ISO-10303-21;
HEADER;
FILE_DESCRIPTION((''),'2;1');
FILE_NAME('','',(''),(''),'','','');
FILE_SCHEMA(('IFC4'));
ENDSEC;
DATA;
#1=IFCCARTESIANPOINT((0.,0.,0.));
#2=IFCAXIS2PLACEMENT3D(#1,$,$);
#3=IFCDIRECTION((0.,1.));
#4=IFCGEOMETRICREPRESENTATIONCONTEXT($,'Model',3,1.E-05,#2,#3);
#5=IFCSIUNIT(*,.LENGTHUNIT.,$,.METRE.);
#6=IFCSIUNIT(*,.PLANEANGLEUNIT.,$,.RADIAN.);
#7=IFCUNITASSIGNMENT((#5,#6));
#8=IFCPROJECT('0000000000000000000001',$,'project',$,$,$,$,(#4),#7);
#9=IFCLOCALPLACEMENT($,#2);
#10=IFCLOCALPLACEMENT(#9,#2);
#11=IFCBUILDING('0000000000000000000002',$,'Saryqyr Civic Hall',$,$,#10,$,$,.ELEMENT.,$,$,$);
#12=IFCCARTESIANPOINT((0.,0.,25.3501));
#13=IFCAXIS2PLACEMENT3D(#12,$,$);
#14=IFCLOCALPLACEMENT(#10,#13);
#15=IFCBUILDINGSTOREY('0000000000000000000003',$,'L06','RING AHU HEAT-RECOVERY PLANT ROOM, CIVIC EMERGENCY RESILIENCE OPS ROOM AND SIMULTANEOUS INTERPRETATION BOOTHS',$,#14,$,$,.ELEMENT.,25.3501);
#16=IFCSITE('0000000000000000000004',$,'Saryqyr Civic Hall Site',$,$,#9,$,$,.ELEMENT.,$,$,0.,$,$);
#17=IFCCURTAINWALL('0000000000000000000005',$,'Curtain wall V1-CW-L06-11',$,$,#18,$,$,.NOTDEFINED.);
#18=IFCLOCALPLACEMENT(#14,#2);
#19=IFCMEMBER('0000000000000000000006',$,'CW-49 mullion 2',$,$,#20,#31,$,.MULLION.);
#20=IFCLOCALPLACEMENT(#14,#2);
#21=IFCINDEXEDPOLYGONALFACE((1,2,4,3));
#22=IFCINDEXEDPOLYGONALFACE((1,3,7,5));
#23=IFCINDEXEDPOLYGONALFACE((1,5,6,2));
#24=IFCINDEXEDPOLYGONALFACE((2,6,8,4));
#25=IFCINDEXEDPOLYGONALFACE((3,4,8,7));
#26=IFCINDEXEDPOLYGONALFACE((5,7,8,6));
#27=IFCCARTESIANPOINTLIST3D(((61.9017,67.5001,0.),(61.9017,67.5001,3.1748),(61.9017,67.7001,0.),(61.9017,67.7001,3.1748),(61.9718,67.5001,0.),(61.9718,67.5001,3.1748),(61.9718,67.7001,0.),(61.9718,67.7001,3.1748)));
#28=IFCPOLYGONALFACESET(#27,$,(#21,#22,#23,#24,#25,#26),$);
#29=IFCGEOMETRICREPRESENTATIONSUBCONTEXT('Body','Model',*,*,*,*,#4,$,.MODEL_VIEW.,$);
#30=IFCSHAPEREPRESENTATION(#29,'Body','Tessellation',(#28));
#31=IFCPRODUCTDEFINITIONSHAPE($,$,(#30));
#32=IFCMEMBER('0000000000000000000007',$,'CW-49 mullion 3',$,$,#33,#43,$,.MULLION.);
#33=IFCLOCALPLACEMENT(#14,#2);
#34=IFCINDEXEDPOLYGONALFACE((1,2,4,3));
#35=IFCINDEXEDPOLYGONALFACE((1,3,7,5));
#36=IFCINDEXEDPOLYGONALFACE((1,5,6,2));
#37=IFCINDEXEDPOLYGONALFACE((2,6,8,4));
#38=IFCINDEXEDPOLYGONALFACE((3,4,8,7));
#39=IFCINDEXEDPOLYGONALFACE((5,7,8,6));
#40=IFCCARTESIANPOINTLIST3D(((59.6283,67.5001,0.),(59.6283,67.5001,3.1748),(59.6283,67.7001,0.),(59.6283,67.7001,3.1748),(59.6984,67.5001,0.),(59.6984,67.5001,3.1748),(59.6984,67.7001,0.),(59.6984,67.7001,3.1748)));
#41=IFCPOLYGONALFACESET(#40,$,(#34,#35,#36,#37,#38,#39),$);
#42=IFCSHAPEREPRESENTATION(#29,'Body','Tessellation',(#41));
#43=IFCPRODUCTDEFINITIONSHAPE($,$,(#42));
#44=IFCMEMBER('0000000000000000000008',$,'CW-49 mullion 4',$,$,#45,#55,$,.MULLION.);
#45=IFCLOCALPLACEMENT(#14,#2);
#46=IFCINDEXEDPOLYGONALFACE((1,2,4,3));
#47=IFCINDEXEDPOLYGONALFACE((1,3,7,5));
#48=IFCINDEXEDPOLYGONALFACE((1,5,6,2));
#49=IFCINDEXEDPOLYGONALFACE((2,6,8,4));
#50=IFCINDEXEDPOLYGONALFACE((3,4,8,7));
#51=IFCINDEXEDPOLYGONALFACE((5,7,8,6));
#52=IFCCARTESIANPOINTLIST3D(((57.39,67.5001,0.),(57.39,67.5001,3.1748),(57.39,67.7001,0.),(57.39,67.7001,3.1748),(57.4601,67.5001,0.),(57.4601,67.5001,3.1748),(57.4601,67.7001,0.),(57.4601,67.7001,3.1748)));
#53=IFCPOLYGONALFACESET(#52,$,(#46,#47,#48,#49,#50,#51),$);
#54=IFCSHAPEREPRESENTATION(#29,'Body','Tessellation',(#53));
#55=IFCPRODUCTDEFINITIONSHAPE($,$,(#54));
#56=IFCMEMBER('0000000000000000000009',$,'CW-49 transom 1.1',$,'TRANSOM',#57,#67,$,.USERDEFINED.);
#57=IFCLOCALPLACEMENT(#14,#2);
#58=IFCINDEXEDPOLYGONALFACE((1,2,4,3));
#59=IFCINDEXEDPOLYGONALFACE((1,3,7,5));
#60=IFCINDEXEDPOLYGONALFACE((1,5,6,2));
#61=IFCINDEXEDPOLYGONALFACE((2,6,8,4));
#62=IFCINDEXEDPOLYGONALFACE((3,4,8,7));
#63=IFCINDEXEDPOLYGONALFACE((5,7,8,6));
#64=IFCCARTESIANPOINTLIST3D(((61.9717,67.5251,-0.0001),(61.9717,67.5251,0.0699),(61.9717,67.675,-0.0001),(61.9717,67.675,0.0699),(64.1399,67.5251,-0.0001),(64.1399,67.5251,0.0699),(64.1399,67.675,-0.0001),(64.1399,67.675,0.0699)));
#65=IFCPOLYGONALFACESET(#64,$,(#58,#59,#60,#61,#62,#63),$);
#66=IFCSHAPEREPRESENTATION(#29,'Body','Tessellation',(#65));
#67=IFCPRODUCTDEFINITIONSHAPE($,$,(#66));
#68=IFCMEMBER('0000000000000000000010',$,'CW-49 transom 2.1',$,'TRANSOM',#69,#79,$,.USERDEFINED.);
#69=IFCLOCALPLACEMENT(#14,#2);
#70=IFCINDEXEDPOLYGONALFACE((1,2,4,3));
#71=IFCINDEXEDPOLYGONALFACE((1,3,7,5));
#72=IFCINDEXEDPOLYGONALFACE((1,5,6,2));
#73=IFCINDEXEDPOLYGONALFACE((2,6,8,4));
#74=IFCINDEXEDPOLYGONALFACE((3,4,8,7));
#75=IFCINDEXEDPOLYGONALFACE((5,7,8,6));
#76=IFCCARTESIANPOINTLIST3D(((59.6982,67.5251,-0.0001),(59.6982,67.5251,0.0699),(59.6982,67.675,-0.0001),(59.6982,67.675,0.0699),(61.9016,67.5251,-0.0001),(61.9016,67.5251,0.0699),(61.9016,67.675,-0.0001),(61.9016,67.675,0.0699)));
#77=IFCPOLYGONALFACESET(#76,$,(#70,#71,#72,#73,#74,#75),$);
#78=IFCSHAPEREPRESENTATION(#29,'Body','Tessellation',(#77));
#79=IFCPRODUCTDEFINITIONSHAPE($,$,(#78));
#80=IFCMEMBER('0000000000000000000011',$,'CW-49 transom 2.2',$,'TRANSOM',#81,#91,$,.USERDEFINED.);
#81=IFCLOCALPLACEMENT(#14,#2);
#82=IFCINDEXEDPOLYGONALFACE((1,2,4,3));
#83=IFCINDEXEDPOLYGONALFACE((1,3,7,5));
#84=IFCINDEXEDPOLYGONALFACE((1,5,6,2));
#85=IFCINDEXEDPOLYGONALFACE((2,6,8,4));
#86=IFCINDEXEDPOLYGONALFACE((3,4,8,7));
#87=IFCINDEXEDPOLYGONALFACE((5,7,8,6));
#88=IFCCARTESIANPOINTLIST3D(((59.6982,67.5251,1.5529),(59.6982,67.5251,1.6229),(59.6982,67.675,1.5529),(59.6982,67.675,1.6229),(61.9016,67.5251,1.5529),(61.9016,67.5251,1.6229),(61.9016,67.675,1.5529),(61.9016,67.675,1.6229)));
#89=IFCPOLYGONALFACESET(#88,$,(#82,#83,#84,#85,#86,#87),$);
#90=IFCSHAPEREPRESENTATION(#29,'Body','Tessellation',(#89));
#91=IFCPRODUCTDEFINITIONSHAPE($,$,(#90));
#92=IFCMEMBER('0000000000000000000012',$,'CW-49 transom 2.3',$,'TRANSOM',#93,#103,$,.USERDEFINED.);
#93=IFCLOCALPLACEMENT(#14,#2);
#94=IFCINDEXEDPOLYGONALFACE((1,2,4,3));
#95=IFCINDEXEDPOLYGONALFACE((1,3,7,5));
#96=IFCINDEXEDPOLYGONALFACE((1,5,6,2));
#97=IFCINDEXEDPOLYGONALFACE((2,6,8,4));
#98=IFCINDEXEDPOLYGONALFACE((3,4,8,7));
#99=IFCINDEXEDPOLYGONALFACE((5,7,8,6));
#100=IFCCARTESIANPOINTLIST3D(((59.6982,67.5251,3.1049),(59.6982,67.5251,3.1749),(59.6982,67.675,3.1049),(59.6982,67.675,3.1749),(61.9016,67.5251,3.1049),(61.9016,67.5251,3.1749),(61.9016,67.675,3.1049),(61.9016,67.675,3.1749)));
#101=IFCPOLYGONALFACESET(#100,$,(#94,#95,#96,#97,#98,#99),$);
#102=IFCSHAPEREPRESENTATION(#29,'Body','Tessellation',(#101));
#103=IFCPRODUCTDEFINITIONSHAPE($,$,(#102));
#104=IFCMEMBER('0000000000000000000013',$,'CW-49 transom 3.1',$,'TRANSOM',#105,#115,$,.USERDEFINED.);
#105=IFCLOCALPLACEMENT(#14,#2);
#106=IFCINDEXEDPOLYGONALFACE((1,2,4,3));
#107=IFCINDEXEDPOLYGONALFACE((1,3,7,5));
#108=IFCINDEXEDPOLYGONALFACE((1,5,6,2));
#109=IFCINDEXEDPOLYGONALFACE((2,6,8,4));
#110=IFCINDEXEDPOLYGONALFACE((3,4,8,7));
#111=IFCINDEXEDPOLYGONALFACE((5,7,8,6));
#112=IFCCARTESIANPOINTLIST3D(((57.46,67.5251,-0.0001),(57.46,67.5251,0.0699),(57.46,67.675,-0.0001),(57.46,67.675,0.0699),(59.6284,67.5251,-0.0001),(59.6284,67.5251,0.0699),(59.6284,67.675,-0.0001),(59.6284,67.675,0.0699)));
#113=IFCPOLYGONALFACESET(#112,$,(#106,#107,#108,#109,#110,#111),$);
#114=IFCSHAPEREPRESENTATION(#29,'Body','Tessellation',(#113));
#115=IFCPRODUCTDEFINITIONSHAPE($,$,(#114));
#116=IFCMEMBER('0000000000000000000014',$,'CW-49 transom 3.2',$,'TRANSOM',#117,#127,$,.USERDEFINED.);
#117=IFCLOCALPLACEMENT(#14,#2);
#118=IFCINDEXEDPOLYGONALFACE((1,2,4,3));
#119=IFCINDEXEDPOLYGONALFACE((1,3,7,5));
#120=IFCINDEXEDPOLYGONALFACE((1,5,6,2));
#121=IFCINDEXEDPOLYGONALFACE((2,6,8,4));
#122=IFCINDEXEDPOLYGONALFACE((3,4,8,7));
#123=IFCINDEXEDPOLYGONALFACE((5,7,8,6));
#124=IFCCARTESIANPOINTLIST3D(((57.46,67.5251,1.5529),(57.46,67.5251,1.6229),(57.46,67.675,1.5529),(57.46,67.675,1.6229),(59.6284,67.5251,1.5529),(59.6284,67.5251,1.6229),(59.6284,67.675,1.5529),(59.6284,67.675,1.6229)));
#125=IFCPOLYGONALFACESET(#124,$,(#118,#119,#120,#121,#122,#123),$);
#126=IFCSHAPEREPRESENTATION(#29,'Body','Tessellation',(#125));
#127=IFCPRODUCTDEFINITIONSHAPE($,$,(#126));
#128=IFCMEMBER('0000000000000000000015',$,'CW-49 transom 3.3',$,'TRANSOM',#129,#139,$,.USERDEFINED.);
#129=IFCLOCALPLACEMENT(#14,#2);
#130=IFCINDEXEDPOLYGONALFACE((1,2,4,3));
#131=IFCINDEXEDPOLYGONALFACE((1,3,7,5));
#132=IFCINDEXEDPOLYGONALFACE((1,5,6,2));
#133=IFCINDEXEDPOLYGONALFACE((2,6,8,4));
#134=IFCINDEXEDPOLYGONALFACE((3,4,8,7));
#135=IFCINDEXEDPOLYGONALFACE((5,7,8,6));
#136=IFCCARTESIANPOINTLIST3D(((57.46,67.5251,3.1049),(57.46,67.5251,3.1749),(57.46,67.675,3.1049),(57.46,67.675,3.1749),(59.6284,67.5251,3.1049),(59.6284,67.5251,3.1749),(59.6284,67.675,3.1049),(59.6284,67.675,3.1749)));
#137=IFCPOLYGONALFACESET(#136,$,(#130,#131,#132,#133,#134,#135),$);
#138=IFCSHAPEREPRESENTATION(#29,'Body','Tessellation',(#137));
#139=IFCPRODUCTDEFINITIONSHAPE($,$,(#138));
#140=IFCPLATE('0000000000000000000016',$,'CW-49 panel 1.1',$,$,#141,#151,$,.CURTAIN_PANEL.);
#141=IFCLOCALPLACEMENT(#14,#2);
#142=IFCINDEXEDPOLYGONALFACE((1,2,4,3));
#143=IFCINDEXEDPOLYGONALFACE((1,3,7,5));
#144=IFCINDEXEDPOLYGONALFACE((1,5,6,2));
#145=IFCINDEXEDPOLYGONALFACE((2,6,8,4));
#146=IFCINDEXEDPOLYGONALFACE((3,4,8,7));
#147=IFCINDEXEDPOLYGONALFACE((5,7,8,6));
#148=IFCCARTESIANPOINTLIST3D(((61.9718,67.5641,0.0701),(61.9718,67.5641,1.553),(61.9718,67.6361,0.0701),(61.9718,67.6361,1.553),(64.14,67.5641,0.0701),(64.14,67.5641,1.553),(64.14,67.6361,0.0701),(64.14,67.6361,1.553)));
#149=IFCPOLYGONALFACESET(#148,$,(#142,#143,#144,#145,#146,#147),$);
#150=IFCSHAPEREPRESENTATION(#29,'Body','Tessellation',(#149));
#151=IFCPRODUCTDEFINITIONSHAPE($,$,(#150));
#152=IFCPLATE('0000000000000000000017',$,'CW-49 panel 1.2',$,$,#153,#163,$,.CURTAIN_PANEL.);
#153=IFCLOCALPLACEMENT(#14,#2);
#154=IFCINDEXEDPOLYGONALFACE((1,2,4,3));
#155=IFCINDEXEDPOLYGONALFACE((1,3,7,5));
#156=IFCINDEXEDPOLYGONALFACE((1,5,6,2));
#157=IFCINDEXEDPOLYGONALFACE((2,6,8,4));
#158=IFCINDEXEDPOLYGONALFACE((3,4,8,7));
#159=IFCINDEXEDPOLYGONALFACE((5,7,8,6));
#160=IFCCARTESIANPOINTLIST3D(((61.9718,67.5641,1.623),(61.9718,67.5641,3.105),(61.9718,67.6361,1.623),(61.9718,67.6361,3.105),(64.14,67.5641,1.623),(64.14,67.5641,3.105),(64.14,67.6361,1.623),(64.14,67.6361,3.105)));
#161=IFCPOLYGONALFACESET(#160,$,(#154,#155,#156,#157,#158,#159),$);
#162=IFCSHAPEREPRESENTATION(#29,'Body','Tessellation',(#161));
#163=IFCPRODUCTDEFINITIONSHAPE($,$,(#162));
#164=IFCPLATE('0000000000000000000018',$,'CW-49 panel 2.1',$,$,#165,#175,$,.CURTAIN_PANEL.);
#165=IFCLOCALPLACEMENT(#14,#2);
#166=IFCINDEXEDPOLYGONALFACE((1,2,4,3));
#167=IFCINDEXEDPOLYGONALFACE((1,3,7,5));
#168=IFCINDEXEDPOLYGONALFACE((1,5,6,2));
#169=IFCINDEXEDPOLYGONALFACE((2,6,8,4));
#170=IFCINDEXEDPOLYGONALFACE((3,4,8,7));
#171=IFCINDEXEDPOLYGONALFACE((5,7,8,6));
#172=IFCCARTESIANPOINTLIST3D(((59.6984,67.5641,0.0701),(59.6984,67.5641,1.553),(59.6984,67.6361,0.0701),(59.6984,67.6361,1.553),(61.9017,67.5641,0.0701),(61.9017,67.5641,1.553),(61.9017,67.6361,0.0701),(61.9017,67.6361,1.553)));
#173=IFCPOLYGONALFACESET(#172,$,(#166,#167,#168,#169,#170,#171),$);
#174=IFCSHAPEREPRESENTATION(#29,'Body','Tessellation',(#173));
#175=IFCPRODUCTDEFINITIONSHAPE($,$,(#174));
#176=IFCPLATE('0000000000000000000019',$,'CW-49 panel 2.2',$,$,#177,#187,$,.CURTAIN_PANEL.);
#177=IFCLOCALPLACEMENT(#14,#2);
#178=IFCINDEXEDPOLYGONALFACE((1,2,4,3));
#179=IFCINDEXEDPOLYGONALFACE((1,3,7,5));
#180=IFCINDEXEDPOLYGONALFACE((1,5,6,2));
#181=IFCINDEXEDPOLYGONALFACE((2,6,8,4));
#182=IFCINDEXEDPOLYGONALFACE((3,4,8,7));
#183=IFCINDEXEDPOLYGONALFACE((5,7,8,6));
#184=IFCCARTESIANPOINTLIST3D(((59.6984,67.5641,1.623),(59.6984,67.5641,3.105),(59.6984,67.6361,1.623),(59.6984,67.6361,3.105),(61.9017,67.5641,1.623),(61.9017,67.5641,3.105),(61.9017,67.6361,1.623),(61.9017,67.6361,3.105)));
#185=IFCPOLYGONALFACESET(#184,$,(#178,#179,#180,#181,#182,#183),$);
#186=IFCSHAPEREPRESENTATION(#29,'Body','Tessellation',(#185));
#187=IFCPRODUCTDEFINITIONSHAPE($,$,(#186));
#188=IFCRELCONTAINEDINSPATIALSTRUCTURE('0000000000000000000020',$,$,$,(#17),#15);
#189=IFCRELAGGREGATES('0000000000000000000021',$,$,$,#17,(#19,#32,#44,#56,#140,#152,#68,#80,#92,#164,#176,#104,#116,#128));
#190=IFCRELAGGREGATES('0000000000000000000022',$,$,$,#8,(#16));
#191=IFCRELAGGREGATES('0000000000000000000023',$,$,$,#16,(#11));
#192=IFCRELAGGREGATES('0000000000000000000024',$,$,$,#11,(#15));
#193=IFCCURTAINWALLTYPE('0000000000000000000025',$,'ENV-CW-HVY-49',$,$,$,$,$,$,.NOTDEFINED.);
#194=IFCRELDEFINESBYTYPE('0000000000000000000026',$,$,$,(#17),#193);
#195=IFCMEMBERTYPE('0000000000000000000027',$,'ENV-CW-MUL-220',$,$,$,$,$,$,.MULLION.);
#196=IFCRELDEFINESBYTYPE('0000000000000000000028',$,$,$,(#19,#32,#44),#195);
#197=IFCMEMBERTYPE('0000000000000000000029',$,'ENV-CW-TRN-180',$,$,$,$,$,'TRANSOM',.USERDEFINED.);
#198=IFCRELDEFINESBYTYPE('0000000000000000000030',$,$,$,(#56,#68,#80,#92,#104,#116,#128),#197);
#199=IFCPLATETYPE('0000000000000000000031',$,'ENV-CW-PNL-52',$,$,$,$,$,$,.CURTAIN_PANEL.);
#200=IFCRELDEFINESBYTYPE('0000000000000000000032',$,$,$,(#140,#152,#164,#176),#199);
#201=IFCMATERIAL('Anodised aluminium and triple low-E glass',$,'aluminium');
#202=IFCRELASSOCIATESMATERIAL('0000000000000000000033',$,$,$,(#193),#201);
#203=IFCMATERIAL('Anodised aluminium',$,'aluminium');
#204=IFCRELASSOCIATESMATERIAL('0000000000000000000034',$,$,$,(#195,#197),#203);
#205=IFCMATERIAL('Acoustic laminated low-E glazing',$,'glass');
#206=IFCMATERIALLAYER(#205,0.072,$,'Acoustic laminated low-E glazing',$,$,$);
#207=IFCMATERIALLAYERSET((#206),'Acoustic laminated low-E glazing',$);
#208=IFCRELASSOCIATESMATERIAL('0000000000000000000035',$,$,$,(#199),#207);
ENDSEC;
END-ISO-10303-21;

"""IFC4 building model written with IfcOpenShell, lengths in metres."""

from ifc_helpers import new_model, si_unit, direction, frame, origin, origin_2d, place, context, subcontext, project, spatial, rectangle, extrude, material, layer, layer_set, material_profile, profile_set, type_object, element, aggregate, save


model = new_model("IFC4")

# Units and contexts
model_context = context("Model", 3, precision=1e-05, world=origin(), true_north=direction((0.0, 1.0)))
body_context = subcontext(model_context, "Body", "Model", "MODEL_VIEW")
ifc_project = project(units=[si_unit("LENGTHUNIT", "METRE"), si_unit("PLANEANGLEUNIT", "RADIAN")], contexts=[model_context])

# Site, building, storey
site_placement = place(None, origin())
site = spatial("IfcSite", under=ifc_project, at=site_placement, Name="Saryqyr Civic Hall Site", CompositionType="ELEMENT", RefElevation=0.0)
building_placement = place(site_placement, origin())
building = spatial("IfcBuilding", under=site, at=building_placement, Name="Saryqyr Civic Hall", CompositionType="ELEMENT")
storey_placement = place(building_placement, frame((0.0, 0.0, 25.3501)))
storey = spatial("IfcBuildingStorey", under=building, at=storey_placement, Name="L06", Description="RING AHU HEAT-RECOVERY PLANT ROOM, CIVIC EMERGENCY RESILIENCE OPS ROOM AND SIMULTANEOUS INTERPRETATION BOOTHS", CompositionType="ELEMENT", Elevation=25.3501)

# Curtain wall, members, plates
ifc_material_1 = material(Name="Anodised aluminium and triple low-E glass", Category="aluminium")
curtain_wall_type = type_object("IfcCurtainWallType", Name="ENV-CW-HVY-49", PredefinedType="NOTDEFINED", material=ifc_material_1)
curtain_wall_placement = place(storey_placement, origin())
curtain_wall = element("IfcCurtainWall", 1, at=curtain_wall_placement, inside=storey, type_object=curtain_wall_type, Name="Curtain wall V1-CW-L06-11", PredefinedType="NOTDEFINED")
ifc_material_2 = material(Name="Anodised aluminium", Category="aluminium")
ifc_material_profile_1 = material_profile(ifc_material_2, rectangle(XDim=0.0701, YDim=0.2, at=origin_2d()), Name="ALU MULLION 70x200")
ifc_profile_set_1 = profile_set([ifc_material_profile_1], Name="Anodised aluminium")
member_type_1 = type_object("IfcMemberType", Name="ENV-CW-MUL-220", PredefinedType="MULLION", material=ifc_profile_set_1)
member_1_placement = place(storey_placement, frame((61.9368, 67.6001, 0.0), z_axis=(0.0, 0.0, 1.0), x_axis=(-1.0, 0.0, 0.0)))
member_1 = element("IfcMember", 2, at=member_1_placement, type_object=member_type_1, Name="CW-49 mullion 2", PredefinedType="MULLION", context=body_context, shape_type="SweptSolid", body=[
    extrude(rectangle(XDim=0.0701, YDim=0.2, at=origin_2d()), origin(), (0.0, 0.0, 1.0), 3.1748),
])
member_2_placement = place(storey_placement, frame((59.6633, 67.6001, 0.0), z_axis=(0.0, 0.0, 1.0), x_axis=(-1.0, 0.0, 0.0)))
member_2 = element("IfcMember", 3, at=member_2_placement, type_object=member_type_1, Name="CW-49 mullion 3", PredefinedType="MULLION", context=body_context, shape_type="SweptSolid", body=[
    extrude(rectangle(XDim=0.0701, YDim=0.2, at=origin_2d()), origin(), (0.0, 0.0, 1.0), 3.1748),
])
member_3_placement = place(storey_placement, frame((57.425, 67.6001, 0.0), z_axis=(0.0, 0.0, 1.0), x_axis=(-1.0, 0.0, 0.0)))
member_3 = element("IfcMember", 4, at=member_3_placement, type_object=member_type_1, Name="CW-49 mullion 4", PredefinedType="MULLION", context=body_context, shape_type="SweptSolid", body=[
    extrude(rectangle(XDim=0.0701, YDim=0.2, at=origin_2d()), origin(), (0.0, 0.0, 1.0), 3.1748),
])
ifc_material_profile_2 = material_profile(ifc_material_2, rectangle(XDim=0.1499, YDim=0.0701, at=origin_2d()), Name="ALU TRANSOM 150x70")
ifc_profile_set_2 = profile_set([ifc_material_profile_2], Name="Anodised aluminium")
member_type_2 = type_object("IfcMemberType", Name="ENV-CW-TRN-180", ElementType="TRANSOM", PredefinedType="USERDEFINED", material=ifc_profile_set_2)
member_4_placement = place(storey_placement, frame((64.1399, 67.6001, 0.0349), z_axis=(-1.0, 0.0, 0.0), x_axis=(0.0, -1.0, 0.0)))
member_4 = element("IfcMember", 5, at=member_4_placement, type_object=member_type_2, Name="CW-49 transom 1.1", ObjectType="TRANSOM", PredefinedType="USERDEFINED", context=body_context, shape_type="SweptSolid", body=[
    extrude(rectangle(XDim=0.1499, YDim=0.0701, at=origin_2d()), origin(), (0.0, 0.0, 1.0), 2.1682),
])
member_5_placement = place(storey_placement, frame((61.9016, 67.6001, 0.0349), z_axis=(-1.0, 0.0, 0.0), x_axis=(0.0, -1.0, 0.0)))
member_5 = element("IfcMember", 6, at=member_5_placement, type_object=member_type_2, Name="CW-49 transom 2.1", ObjectType="TRANSOM", PredefinedType="USERDEFINED", context=body_context, shape_type="SweptSolid", body=[
    extrude(rectangle(XDim=0.1499, YDim=0.0701, at=origin_2d()), origin(), (0.0, 0.0, 1.0), 2.2034),
])
member_6_placement = place(storey_placement, frame((61.9016, 67.6001, 1.5879), z_axis=(-1.0, 0.0, 0.0), x_axis=(0.0, -1.0, 0.0)))
member_6 = element("IfcMember", 7, at=member_6_placement, type_object=member_type_2, Name="CW-49 transom 2.2", ObjectType="TRANSOM", PredefinedType="USERDEFINED", context=body_context, shape_type="SweptSolid", body=[
    extrude(rectangle(XDim=0.1499, YDim=0.0701, at=origin_2d()), origin(), (0.0, 0.0, 1.0), 2.2034),
])
member_7_placement = place(storey_placement, frame((61.9016, 67.6001, 3.1399), z_axis=(-1.0, 0.0, 0.0), x_axis=(0.0, -1.0, 0.0)))
member_7 = element("IfcMember", 8, at=member_7_placement, type_object=member_type_2, Name="CW-49 transom 2.3", ObjectType="TRANSOM", PredefinedType="USERDEFINED", context=body_context, shape_type="SweptSolid", body=[
    extrude(rectangle(XDim=0.1499, YDim=0.0701, at=origin_2d()), origin(), (0.0, 0.0, 1.0), 2.2034),
])
member_8_placement = place(storey_placement, frame((59.6284, 67.6001, 0.0349), z_axis=(-1.0, 0.0, 0.0), x_axis=(0.0, -1.0, 0.0)))
member_8 = element("IfcMember", 9, at=member_8_placement, type_object=member_type_2, Name="CW-49 transom 3.1", ObjectType="TRANSOM", PredefinedType="USERDEFINED", context=body_context, shape_type="SweptSolid", body=[
    extrude(rectangle(XDim=0.1499, YDim=0.0701, at=origin_2d()), origin(), (0.0, 0.0, 1.0), 2.1685),
])
member_9_placement = place(storey_placement, frame((59.6284, 67.6001, 1.5879), z_axis=(-1.0, 0.0, 0.0), x_axis=(0.0, -1.0, 0.0)))
member_9 = element("IfcMember", 10, at=member_9_placement, type_object=member_type_2, Name="CW-49 transom 3.2", ObjectType="TRANSOM", PredefinedType="USERDEFINED", context=body_context, shape_type="SweptSolid", body=[
    extrude(rectangle(XDim=0.1499, YDim=0.0701, at=origin_2d()), origin(), (0.0, 0.0, 1.0), 2.1685),
])
member_10_placement = place(storey_placement, frame((59.6284, 67.6001, 3.1399), z_axis=(-1.0, 0.0, 0.0), x_axis=(0.0, -1.0, 0.0)))
member_10 = element("IfcMember", 11, at=member_10_placement, type_object=member_type_2, Name="CW-49 transom 3.3", ObjectType="TRANSOM", PredefinedType="USERDEFINED", context=body_context, shape_type="SweptSolid", body=[
    extrude(rectangle(XDim=0.1499, YDim=0.0701, at=origin_2d()), origin(), (0.0, 0.0, 1.0), 2.1685),
])
ifc_material_3 = material(Name="Acoustic laminated low-E glazing", Category="glass")
ifc_layer_1 = layer(ifc_material_3, 0.072, Name="Acoustic laminated low-E glazing")
ifc_layer_set_1 = layer_set([ifc_layer_1], Name="Acoustic laminated low-E glazing")
plate_type = type_object("IfcPlateType", Name="ENV-CW-PNL-52", PredefinedType="CURTAIN_PANEL", material=ifc_layer_set_1)
plate_1_placement = place(storey_placement, frame((63.0559, 67.6001, 0.0701), z_axis=(0.0, 0.0, 1.0), x_axis=(-1.0, 0.0, 0.0)))
plate_1 = element("IfcPlate", 12, at=plate_1_placement, type_object=plate_type, Name="CW-49 panel 1.1", PredefinedType="CURTAIN_PANEL", context=body_context, shape_type="SweptSolid", body=[
    extrude(rectangle(XDim=2.1682, YDim=0.072, at=origin_2d()), origin(), (0.0, 0.0, 1.0), 1.4829),
])
plate_2_placement = place(storey_placement, frame((63.0559, 67.6001, 1.623), z_axis=(0.0, 0.0, 1.0), x_axis=(-1.0, 0.0, 0.0)))
plate_2 = element("IfcPlate", 13, at=plate_2_placement, type_object=plate_type, Name="CW-49 panel 1.2", PredefinedType="CURTAIN_PANEL", context=body_context, shape_type="SweptSolid", body=[
    extrude(rectangle(XDim=2.1682, YDim=0.072, at=origin_2d()), origin(), (0.0, 0.0, 1.0), 1.4819),
])
plate_3_placement = place(storey_placement, frame((60.8, 67.6001, 0.0701), z_axis=(0.0, 0.0, 1.0), x_axis=(-1.0, 0.0, 0.0)))
plate_3 = element("IfcPlate", 14, at=plate_3_placement, type_object=plate_type, Name="CW-49 panel 2.1", PredefinedType="CURTAIN_PANEL", context=body_context, shape_type="SweptSolid", body=[
    extrude(rectangle(XDim=2.2034, YDim=0.072, at=origin_2d()), origin(), (0.0, 0.0, 1.0), 1.4829),
])
plate_4_placement = place(storey_placement, frame((60.8, 67.6001, 1.623), z_axis=(0.0, 0.0, 1.0), x_axis=(-1.0, 0.0, 0.0)))
plate_4 = element("IfcPlate", 15, at=plate_4_placement, type_object=plate_type, Name="CW-49 panel 2.2", PredefinedType="CURTAIN_PANEL", context=body_context, shape_type="SweptSolid", body=[
    extrude(rectangle(XDim=2.2034, YDim=0.072, at=origin_2d()), origin(), (0.0, 0.0, 1.0), 1.4819),
])
aggregate(curtain_wall, [member_1, member_2, member_3, member_4, plate_1, plate_2, member_5, member_6, member_7, plate_3, plate_4, member_8, member_9, member_10])

save(model, "model.ifc")
